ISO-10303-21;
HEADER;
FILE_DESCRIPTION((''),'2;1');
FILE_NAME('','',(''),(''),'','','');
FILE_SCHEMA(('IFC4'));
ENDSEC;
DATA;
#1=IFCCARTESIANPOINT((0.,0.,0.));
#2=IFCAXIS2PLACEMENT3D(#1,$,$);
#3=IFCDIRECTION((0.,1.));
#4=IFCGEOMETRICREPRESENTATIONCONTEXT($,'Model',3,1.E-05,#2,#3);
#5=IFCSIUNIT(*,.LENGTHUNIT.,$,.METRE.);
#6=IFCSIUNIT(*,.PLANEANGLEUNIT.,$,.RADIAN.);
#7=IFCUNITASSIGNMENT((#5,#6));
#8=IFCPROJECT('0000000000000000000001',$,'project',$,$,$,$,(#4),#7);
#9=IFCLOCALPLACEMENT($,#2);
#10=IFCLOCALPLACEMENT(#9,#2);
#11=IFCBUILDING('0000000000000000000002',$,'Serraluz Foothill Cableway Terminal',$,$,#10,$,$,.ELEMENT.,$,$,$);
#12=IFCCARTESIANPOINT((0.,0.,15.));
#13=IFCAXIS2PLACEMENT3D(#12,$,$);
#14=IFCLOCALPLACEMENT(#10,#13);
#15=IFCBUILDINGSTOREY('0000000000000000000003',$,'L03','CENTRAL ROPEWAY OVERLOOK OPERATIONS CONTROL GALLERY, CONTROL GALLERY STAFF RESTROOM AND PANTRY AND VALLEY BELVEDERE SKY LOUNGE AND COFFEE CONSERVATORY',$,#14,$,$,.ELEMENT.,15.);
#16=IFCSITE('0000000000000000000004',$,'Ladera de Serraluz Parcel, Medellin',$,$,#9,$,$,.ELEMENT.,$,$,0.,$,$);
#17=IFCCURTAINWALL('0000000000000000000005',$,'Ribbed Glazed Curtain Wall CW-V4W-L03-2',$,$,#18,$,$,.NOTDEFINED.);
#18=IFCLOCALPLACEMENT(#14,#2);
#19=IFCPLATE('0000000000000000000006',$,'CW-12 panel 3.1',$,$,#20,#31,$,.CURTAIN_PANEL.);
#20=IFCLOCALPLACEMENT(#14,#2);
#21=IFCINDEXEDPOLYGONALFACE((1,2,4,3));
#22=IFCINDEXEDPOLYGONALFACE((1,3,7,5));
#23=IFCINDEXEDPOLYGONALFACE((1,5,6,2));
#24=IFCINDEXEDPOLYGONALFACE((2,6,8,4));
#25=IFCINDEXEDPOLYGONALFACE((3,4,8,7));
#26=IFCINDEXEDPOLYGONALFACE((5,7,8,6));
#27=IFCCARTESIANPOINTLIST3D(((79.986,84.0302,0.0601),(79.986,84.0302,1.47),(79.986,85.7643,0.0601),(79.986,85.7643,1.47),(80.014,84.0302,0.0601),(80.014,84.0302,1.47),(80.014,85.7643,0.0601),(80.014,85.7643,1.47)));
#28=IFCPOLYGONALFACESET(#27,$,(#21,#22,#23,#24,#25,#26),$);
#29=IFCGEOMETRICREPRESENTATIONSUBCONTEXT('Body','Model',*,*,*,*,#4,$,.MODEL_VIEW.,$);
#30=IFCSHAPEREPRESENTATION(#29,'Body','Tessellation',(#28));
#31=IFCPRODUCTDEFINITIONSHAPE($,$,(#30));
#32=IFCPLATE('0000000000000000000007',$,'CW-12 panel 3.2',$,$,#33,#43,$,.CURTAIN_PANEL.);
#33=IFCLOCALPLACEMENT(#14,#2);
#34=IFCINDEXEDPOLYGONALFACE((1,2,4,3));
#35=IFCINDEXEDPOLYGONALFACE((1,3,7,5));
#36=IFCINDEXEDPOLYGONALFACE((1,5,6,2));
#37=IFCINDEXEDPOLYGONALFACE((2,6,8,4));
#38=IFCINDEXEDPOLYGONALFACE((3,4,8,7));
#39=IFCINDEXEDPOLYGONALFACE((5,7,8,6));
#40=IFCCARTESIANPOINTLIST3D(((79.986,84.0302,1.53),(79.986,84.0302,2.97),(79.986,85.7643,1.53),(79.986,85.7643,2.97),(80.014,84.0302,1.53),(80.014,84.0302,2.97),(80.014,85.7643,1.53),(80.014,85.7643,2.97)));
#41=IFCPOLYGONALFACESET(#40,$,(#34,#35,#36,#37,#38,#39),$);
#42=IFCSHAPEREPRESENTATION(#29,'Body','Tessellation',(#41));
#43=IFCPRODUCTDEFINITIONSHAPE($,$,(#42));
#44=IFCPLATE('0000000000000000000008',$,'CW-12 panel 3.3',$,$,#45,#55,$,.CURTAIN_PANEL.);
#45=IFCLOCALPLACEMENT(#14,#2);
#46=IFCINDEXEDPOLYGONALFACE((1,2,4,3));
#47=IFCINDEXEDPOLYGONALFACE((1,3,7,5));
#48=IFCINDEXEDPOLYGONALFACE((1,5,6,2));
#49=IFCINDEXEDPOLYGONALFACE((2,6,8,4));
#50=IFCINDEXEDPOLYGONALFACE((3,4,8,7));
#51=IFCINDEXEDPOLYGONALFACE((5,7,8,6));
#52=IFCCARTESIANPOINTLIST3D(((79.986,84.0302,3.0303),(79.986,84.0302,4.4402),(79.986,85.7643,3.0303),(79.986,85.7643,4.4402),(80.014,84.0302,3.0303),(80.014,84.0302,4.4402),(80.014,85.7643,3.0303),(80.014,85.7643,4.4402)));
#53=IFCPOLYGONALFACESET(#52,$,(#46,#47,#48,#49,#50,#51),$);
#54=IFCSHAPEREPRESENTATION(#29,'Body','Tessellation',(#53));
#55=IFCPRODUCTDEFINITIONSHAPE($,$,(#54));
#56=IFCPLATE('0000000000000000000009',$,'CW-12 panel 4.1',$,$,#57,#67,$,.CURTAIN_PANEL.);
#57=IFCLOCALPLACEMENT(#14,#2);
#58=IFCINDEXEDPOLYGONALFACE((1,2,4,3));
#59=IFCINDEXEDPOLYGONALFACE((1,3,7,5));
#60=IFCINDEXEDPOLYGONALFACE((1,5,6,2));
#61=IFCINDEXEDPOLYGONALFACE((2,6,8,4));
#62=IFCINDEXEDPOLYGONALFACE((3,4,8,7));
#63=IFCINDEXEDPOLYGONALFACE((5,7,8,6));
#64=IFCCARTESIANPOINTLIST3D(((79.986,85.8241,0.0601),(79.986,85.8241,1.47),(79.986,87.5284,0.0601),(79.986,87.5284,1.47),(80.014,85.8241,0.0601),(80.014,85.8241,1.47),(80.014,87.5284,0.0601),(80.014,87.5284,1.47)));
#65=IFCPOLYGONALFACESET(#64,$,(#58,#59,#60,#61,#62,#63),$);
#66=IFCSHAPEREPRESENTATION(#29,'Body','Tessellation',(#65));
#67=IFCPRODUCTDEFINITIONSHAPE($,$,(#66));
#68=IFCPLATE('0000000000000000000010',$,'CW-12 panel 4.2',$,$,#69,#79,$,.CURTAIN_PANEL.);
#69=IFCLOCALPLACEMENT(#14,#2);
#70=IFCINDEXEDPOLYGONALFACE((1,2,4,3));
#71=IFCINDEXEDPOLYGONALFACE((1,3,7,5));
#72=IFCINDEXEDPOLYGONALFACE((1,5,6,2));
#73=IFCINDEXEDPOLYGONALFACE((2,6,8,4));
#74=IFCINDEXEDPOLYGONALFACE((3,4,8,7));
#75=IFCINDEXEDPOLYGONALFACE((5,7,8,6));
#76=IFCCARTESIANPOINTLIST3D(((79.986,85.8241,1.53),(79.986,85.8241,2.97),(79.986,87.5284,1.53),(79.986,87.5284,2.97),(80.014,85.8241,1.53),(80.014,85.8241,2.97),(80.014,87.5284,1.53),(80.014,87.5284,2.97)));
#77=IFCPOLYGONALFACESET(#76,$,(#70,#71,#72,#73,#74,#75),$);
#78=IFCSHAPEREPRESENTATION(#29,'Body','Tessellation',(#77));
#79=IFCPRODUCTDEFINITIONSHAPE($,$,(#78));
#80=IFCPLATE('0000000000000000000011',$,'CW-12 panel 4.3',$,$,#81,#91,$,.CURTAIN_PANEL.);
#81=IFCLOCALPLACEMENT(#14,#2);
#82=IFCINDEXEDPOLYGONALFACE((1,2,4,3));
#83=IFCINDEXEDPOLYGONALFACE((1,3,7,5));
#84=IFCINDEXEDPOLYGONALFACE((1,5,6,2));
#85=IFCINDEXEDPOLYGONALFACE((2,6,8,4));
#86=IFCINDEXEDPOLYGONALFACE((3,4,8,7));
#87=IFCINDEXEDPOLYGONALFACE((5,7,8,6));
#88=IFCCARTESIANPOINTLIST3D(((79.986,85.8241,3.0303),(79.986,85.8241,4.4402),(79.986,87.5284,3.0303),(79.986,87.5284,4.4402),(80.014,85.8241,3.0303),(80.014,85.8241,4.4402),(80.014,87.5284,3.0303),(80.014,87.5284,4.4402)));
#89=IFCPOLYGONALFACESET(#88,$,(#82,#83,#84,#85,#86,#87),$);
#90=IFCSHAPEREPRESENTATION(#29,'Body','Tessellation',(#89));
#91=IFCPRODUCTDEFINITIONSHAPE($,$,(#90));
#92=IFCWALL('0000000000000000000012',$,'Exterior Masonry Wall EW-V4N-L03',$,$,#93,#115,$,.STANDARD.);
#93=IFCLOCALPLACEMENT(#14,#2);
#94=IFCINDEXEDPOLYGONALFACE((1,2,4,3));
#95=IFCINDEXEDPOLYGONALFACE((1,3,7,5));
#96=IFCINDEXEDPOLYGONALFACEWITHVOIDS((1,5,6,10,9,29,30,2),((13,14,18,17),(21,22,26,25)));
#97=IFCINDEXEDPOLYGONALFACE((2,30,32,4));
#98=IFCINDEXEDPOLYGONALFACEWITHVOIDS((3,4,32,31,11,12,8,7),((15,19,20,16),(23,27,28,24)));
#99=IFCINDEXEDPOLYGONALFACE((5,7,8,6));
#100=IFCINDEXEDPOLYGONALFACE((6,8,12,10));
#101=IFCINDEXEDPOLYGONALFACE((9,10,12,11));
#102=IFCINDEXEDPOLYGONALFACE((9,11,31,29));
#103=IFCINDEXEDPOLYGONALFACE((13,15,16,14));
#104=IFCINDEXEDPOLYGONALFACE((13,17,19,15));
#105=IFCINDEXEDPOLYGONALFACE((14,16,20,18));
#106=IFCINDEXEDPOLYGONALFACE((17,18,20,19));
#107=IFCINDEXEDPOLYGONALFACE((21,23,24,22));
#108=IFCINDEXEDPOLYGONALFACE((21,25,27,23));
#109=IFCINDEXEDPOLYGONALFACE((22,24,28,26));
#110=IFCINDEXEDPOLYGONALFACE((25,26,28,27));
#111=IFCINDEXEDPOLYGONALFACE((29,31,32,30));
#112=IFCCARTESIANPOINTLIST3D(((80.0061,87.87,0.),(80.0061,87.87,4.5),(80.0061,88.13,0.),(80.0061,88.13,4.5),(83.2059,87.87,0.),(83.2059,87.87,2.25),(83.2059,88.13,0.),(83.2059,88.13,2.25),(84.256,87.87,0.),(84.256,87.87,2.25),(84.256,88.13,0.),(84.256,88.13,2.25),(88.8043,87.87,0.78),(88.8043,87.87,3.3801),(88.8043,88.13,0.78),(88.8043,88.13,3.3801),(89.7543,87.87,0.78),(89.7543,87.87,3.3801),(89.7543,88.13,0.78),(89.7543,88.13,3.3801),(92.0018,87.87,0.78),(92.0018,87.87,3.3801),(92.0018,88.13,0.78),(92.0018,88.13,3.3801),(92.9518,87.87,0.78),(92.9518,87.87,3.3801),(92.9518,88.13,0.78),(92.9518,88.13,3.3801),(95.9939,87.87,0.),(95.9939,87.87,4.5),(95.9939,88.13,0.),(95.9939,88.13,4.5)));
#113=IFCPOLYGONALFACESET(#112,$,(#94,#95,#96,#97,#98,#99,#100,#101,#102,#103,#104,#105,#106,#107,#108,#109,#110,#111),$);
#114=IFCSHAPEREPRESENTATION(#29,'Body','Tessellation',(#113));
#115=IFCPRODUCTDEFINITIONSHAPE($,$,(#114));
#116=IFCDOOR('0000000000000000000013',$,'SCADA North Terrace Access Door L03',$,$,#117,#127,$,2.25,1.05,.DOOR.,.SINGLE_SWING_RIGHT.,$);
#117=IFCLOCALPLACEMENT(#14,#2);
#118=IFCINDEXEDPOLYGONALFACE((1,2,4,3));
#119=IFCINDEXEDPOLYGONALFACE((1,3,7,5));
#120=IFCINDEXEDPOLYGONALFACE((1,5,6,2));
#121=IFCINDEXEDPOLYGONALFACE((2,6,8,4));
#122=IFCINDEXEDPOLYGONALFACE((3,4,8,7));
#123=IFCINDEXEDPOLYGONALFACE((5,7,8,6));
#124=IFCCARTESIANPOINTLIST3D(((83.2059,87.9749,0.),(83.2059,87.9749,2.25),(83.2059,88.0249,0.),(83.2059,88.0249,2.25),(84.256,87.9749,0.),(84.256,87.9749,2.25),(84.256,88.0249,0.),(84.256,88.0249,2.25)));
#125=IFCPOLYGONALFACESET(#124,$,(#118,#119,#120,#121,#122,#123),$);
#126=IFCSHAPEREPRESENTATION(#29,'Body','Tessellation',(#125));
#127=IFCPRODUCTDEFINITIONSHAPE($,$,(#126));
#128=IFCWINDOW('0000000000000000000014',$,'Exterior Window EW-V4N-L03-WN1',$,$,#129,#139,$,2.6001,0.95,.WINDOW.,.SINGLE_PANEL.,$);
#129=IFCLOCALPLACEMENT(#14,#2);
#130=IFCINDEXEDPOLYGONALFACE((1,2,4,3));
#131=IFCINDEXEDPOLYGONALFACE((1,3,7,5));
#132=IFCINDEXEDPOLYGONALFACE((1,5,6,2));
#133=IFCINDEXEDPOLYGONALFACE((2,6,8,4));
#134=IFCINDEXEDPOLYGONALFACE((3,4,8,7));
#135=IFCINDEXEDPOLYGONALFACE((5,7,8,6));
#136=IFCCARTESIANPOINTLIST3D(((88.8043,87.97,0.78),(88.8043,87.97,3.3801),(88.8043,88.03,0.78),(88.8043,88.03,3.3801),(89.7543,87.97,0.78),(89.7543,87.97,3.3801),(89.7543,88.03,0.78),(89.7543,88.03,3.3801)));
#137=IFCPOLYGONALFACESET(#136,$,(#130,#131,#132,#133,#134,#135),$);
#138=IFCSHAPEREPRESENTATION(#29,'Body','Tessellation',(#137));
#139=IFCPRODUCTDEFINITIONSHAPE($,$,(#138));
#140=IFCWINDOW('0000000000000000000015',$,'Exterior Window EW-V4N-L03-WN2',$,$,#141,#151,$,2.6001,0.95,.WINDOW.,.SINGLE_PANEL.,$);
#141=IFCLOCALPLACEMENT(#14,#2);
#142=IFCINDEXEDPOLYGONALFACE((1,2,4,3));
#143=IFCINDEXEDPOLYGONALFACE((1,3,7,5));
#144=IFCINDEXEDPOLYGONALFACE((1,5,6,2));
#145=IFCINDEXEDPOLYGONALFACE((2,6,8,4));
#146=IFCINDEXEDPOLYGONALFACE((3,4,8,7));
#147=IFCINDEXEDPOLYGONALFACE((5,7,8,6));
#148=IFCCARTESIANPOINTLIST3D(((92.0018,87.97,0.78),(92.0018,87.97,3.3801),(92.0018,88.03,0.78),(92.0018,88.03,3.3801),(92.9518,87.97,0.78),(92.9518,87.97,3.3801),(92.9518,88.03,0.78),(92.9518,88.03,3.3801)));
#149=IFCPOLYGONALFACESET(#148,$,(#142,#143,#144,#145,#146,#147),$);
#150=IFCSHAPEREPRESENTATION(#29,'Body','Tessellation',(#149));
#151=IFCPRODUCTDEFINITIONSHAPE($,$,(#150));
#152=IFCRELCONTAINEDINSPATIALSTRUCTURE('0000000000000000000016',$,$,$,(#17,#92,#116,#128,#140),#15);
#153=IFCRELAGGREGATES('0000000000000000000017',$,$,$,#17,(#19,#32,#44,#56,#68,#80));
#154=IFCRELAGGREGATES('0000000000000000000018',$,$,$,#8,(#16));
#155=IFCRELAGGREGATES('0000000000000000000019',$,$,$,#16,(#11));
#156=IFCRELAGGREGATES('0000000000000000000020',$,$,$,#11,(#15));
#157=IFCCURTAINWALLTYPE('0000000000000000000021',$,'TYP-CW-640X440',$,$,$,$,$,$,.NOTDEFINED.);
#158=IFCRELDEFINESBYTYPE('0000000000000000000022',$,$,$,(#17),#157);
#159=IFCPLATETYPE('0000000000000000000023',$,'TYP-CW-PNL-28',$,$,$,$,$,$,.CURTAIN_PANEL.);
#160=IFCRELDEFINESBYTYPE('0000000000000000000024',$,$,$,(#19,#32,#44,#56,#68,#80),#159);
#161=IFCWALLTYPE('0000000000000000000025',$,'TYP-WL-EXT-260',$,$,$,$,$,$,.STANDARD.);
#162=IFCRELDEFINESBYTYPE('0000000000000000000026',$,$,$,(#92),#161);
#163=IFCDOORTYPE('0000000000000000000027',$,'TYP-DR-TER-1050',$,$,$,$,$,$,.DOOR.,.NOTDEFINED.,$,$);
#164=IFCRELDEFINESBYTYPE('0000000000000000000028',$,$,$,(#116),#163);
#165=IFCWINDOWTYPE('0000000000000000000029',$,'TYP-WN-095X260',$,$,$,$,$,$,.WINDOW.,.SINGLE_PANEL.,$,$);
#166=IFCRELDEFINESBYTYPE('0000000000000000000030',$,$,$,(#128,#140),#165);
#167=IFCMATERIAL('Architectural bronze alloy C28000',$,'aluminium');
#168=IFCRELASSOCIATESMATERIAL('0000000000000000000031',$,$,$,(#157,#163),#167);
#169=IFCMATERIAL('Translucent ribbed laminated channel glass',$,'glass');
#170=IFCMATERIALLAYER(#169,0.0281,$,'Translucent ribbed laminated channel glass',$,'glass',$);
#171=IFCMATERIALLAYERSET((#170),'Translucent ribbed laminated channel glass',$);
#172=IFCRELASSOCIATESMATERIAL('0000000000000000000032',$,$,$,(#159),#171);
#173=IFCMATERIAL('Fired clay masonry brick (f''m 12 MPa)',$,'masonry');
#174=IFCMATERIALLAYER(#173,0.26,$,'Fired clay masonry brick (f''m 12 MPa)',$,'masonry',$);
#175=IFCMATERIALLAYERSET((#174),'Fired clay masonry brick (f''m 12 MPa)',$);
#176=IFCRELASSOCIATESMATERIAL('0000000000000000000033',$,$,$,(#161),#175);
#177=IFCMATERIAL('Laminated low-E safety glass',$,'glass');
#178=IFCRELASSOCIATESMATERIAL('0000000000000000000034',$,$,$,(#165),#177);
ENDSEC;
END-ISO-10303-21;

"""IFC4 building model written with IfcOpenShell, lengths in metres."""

from ifc_helpers import new_model, si_unit, direction, frame, frame_2d, origin, origin_2d, place, context, subcontext, project, spatial, rectangle, extrude, material, layer, layer_set, type_object, element, fill, aggregate, save


model = new_model("IFC4")

# Units and contexts
model_context = context("Model", 3, precision=1e-05, world=origin(), true_north=direction((0.0, 1.0)))
body_context = subcontext(model_context, "Body", "Model", "MODEL_VIEW")
ifc_project = project(units=[si_unit("LENGTHUNIT", "METRE"), si_unit("PLANEANGLEUNIT", "RADIAN")], contexts=[model_context])

# Site, building, storey
site_placement = place(None, origin())
site = spatial("IfcSite", under=ifc_project, at=site_placement, Name="Ladera de Serraluz Parcel, Medellin", CompositionType="ELEMENT", RefElevation=0.0)
building_placement = place(site_placement, origin())
building = spatial("IfcBuilding", under=site, at=building_placement, Name="Serraluz Foothill Cableway Terminal", CompositionType="ELEMENT")
storey_placement = place(building_placement, frame((0.0, 0.0, 15.0)))
storey = spatial("IfcBuildingStorey", under=building, at=storey_placement, Name="L03", Description="CENTRAL ROPEWAY OVERLOOK OPERATIONS CONTROL GALLERY, CONTROL GALLERY STAFF RESTROOM AND PANTRY AND VALLEY BELVEDERE SKY LOUNGE AND COFFEE CONSERVATORY", CompositionType="ELEMENT", Elevation=15.0)

# Curtain wall, plates
ifc_material_1 = material(Name="Architectural bronze alloy C28000", Category="aluminium")
curtain_wall_type = type_object("IfcCurtainWallType", Name="TYP-CW-640X440", PredefinedType="NOTDEFINED", material=ifc_material_1)
curtain_wall_placement = place(storey_placement, origin())
curtain_wall = element("IfcCurtainWall", 1, at=curtain_wall_placement, inside=storey, type_object=curtain_wall_type, Name="Ribbed Glazed Curtain Wall CW-V4W-L03-2", PredefinedType="NOTDEFINED")
ifc_material_2 = material(Name="Translucent ribbed laminated channel glass", Category="glass")
ifc_layer_1 = layer(ifc_material_2, 0.0281, Name="Translucent ribbed laminated channel glass", Category="glass")
ifc_layer_set_1 = layer_set([ifc_layer_1], Name="Translucent ribbed laminated channel glass")
plate_type = type_object("IfcPlateType", Name="TYP-CW-PNL-28", PredefinedType="CURTAIN_PANEL", material=ifc_layer_set_1)
plate_1_placement = place(storey_placement, frame((80.0, 84.8972, 0.0601), z_axis=(0.0, 0.0, 1.0), x_axis=(0.0, 1.0, 0.0)))
plate_1 = element("IfcPlate", 2, at=plate_1_placement, type_object=plate_type, Name="CW-12 panel 3.1", PredefinedType="CURTAIN_PANEL", context=body_context, shape_type="SweptSolid", body=[
    extrude(rectangle(XDim=1.7341, YDim=0.0281, at=origin_2d()), origin(), (0.0, 0.0, 1.0), 1.4099),
])
plate_2_placement = place(storey_placement, frame((80.0, 84.8972, 1.53), z_axis=(0.0, 0.0, 1.0), x_axis=(0.0, 1.0, 0.0)))
plate_2 = element("IfcPlate", 3, at=plate_2_placement, type_object=plate_type, Name="CW-12 panel 3.2", PredefinedType="CURTAIN_PANEL", context=body_context, shape_type="SweptSolid", body=[
    extrude(rectangle(XDim=1.7341, YDim=0.0281, at=origin_2d()), origin(), (0.0, 0.0, 1.0), 1.4399),
])
plate_3_placement = place(storey_placement, frame((80.0, 84.8972, 3.0303), z_axis=(0.0, 0.0, 1.0), x_axis=(0.0, 1.0, 0.0)))
plate_3 = element("IfcPlate", 4, at=plate_3_placement, type_object=plate_type, Name="CW-12 panel 3.3", PredefinedType="CURTAIN_PANEL", context=body_context, shape_type="SweptSolid", body=[
    extrude(rectangle(XDim=1.7341, YDim=0.0281, at=origin_2d()), origin(), (0.0, 0.0, 1.0), 1.4099),
])
plate_4_placement = place(storey_placement, frame((80.0, 86.6763, 0.0601), z_axis=(0.0, 0.0, 1.0), x_axis=(0.0, 1.0, 0.0)))
plate_4 = element("IfcPlate", 5, at=plate_4_placement, type_object=plate_type, Name="CW-12 panel 4.1", PredefinedType="CURTAIN_PANEL", context=body_context, shape_type="SweptSolid", body=[
    extrude(rectangle(XDim=1.7043, YDim=0.0281, at=origin_2d()), origin(), (0.0, 0.0, 1.0), 1.4099),
])
plate_5_placement = place(storey_placement, frame((80.0, 86.6763, 1.53), z_axis=(0.0, 0.0, 1.0), x_axis=(0.0, 1.0, 0.0)))
plate_5 = element("IfcPlate", 6, at=plate_5_placement, type_object=plate_type, Name="CW-12 panel 4.2", PredefinedType="CURTAIN_PANEL", context=body_context, shape_type="SweptSolid", body=[
    extrude(rectangle(XDim=1.7043, YDim=0.0281, at=origin_2d()), origin(), (0.0, 0.0, 1.0), 1.4399),
])
plate_6_placement = place(storey_placement, frame((80.0, 86.6763, 3.0303), z_axis=(0.0, 0.0, 1.0), x_axis=(0.0, 1.0, 0.0)))
plate_6 = element("IfcPlate", 7, at=plate_6_placement, type_object=plate_type, Name="CW-12 panel 4.3", PredefinedType="CURTAIN_PANEL", context=body_context, shape_type="SweptSolid", body=[
    extrude(rectangle(XDim=1.7043, YDim=0.0281, at=origin_2d()), origin(), (0.0, 0.0, 1.0), 1.4099),
])
aggregate(curtain_wall, [plate_1, plate_2, plate_3, plate_4, plate_5, plate_6])

# Wall, openings, door, windows
ifc_material_3 = material(Name="Fired clay masonry brick (f'm 12 MPa)", Category="masonry")
ifc_layer_2 = layer(ifc_material_3, 0.26, Name="Fired clay masonry brick (f'm 12 MPa)", Category="masonry")
ifc_layer_set_2 = layer_set([ifc_layer_2], Name="Fired clay masonry brick (f'm 12 MPa)")
wall_type = type_object("IfcWallType", Name="TYP-WL-EXT-260", PredefinedType="STANDARD", material=ifc_layer_set_2)
wall_placement = place(storey_placement, frame((80.0061, 88.0, 0.0), z_axis=(0.0, 0.0, 1.0), x_axis=(1.0, 0.0, 0.0)))
wall = element("IfcWall", 8, at=wall_placement, inside=storey, type_object=wall_type, Name="Exterior Masonry Wall EW-V4N-L03", PredefinedType="STANDARD", context=body_context, shape_type="SweptSolid", body=[
    extrude(rectangle(XDim=15.9878, YDim=0.26, at=frame_2d((7.9939, 0.0))), origin(), (0.0, 0.0, 1.0), 4.5),
])
opening_1_placement = place(wall_placement, frame((8.7981, 0.0, 0.78)))
opening_1 = element("IfcOpeningElement", 9, at=opening_1_placement, cuts=wall, PredefinedType="OPENING", context=body_context, shape_type="SweptSolid", body=[
    extrude(rectangle(XDim=0.95, YDim=2.6001, at=frame_2d((0.4751, 1.3))), frame((0.0, 0.1401, 0.0), z_axis=(0.0, -1.0, 0.0), x_axis=(1.0, 0.0, 0.0)), (0.0, 0.0, 1.0), 0.28),
])
opening_2_placement = place(wall_placement, frame((11.9956, 0.0, 0.78)))
opening_2 = element("IfcOpeningElement", 10, at=opening_2_placement, cuts=wall, PredefinedType="OPENING", context=body_context, shape_type="SweptSolid", body=[
    extrude(rectangle(XDim=0.95, YDim=2.6001, at=frame_2d((0.4751, 1.3))), frame((0.0, 0.1401, 0.0), z_axis=(0.0, -1.0, 0.0), x_axis=(1.0, 0.0, 0.0)), (0.0, 0.0, 1.0), 0.28),
])
opening_3_placement = place(wall_placement, frame((3.2, 0.0, 0.0)))
opening_3 = element("IfcOpeningElement", 11, at=opening_3_placement, cuts=wall, PredefinedType="OPENING", context=body_context, shape_type="SweptSolid", body=[
    extrude(rectangle(XDim=1.05, YDim=2.25, at=frame_2d((0.5249, 1.125))), frame((0.0, 0.1401, 0.0), z_axis=(0.0, -1.0, 0.0), x_axis=(1.0, 0.0, 0.0)), (0.0, 0.0, 1.0), 0.28),
])
door_type = type_object("IfcDoorType", Name="TYP-DR-TER-1050", OperationType="NOTDEFINED", PredefinedType="DOOR", material=ifc_material_1)
door_placement = place(opening_3_placement, origin())
door = element("IfcDoor", 12, at=door_placement, inside=storey, type_object=door_type, Name="SCADA North Terrace Access Door L03", OperationType="SINGLE_SWING_RIGHT", OverallHeight=2.25, OverallWidth=1.05, PredefinedType="DOOR", context=body_context, shape_type="SweptSolid", body=[
    extrude(rectangle(XDim=1.05, YDim=2.25, at=frame_2d((0.5249, 1.125))), frame((0.0, 0.0249, 0.0), z_axis=(0.0, -1.0, 0.0), x_axis=(1.0, 0.0, 0.0)), (0.0, 0.0, 1.0), 0.05),
])
fill(opening_3, door)
ifc_material_4 = material(Name="Laminated low-E safety glass", Category="glass")
window_type = type_object("IfcWindowType", Name="TYP-WN-095X260", PartitioningType="SINGLE_PANEL", PredefinedType="WINDOW", material=ifc_material_4)
window_1_placement = place(opening_1_placement, origin())
window_1 = element("IfcWindow", 13, at=window_1_placement, inside=storey, type_object=window_type, Name="Exterior Window EW-V4N-L03-WN1", OverallHeight=2.6001, OverallWidth=0.95, PartitioningType="SINGLE_PANEL", PredefinedType="WINDOW", context=body_context, shape_type="SweptSolid", body=[
    extrude(rectangle(XDim=0.95, YDim=2.6001, at=frame_2d((0.4751, 1.3))), frame((0.0, 0.03, 0.0), z_axis=(0.0, -1.0, 0.0), x_axis=(1.0, 0.0, 0.0)), (0.0, 0.0, 1.0), 0.0601),
])
fill(opening_1, window_1)
window_2_placement = place(opening_2_placement, origin())
window_2 = element("IfcWindow", 14, at=window_2_placement, inside=storey, type_object=window_type, Name="Exterior Window EW-V4N-L03-WN2", OverallHeight=2.6001, OverallWidth=0.95, PartitioningType="SINGLE_PANEL", PredefinedType="WINDOW", context=body_context, shape_type="SweptSolid", body=[
    extrude(rectangle(XDim=0.95, YDim=2.6001, at=frame_2d((0.4751, 1.3))), frame((0.0, 0.03, 0.0), z_axis=(0.0, -1.0, 0.0), x_axis=(1.0, 0.0, 0.0)), (0.0, 0.0, 1.0), 0.0601),
])
fill(opening_2, window_2)

save(model, "model.ifc")
